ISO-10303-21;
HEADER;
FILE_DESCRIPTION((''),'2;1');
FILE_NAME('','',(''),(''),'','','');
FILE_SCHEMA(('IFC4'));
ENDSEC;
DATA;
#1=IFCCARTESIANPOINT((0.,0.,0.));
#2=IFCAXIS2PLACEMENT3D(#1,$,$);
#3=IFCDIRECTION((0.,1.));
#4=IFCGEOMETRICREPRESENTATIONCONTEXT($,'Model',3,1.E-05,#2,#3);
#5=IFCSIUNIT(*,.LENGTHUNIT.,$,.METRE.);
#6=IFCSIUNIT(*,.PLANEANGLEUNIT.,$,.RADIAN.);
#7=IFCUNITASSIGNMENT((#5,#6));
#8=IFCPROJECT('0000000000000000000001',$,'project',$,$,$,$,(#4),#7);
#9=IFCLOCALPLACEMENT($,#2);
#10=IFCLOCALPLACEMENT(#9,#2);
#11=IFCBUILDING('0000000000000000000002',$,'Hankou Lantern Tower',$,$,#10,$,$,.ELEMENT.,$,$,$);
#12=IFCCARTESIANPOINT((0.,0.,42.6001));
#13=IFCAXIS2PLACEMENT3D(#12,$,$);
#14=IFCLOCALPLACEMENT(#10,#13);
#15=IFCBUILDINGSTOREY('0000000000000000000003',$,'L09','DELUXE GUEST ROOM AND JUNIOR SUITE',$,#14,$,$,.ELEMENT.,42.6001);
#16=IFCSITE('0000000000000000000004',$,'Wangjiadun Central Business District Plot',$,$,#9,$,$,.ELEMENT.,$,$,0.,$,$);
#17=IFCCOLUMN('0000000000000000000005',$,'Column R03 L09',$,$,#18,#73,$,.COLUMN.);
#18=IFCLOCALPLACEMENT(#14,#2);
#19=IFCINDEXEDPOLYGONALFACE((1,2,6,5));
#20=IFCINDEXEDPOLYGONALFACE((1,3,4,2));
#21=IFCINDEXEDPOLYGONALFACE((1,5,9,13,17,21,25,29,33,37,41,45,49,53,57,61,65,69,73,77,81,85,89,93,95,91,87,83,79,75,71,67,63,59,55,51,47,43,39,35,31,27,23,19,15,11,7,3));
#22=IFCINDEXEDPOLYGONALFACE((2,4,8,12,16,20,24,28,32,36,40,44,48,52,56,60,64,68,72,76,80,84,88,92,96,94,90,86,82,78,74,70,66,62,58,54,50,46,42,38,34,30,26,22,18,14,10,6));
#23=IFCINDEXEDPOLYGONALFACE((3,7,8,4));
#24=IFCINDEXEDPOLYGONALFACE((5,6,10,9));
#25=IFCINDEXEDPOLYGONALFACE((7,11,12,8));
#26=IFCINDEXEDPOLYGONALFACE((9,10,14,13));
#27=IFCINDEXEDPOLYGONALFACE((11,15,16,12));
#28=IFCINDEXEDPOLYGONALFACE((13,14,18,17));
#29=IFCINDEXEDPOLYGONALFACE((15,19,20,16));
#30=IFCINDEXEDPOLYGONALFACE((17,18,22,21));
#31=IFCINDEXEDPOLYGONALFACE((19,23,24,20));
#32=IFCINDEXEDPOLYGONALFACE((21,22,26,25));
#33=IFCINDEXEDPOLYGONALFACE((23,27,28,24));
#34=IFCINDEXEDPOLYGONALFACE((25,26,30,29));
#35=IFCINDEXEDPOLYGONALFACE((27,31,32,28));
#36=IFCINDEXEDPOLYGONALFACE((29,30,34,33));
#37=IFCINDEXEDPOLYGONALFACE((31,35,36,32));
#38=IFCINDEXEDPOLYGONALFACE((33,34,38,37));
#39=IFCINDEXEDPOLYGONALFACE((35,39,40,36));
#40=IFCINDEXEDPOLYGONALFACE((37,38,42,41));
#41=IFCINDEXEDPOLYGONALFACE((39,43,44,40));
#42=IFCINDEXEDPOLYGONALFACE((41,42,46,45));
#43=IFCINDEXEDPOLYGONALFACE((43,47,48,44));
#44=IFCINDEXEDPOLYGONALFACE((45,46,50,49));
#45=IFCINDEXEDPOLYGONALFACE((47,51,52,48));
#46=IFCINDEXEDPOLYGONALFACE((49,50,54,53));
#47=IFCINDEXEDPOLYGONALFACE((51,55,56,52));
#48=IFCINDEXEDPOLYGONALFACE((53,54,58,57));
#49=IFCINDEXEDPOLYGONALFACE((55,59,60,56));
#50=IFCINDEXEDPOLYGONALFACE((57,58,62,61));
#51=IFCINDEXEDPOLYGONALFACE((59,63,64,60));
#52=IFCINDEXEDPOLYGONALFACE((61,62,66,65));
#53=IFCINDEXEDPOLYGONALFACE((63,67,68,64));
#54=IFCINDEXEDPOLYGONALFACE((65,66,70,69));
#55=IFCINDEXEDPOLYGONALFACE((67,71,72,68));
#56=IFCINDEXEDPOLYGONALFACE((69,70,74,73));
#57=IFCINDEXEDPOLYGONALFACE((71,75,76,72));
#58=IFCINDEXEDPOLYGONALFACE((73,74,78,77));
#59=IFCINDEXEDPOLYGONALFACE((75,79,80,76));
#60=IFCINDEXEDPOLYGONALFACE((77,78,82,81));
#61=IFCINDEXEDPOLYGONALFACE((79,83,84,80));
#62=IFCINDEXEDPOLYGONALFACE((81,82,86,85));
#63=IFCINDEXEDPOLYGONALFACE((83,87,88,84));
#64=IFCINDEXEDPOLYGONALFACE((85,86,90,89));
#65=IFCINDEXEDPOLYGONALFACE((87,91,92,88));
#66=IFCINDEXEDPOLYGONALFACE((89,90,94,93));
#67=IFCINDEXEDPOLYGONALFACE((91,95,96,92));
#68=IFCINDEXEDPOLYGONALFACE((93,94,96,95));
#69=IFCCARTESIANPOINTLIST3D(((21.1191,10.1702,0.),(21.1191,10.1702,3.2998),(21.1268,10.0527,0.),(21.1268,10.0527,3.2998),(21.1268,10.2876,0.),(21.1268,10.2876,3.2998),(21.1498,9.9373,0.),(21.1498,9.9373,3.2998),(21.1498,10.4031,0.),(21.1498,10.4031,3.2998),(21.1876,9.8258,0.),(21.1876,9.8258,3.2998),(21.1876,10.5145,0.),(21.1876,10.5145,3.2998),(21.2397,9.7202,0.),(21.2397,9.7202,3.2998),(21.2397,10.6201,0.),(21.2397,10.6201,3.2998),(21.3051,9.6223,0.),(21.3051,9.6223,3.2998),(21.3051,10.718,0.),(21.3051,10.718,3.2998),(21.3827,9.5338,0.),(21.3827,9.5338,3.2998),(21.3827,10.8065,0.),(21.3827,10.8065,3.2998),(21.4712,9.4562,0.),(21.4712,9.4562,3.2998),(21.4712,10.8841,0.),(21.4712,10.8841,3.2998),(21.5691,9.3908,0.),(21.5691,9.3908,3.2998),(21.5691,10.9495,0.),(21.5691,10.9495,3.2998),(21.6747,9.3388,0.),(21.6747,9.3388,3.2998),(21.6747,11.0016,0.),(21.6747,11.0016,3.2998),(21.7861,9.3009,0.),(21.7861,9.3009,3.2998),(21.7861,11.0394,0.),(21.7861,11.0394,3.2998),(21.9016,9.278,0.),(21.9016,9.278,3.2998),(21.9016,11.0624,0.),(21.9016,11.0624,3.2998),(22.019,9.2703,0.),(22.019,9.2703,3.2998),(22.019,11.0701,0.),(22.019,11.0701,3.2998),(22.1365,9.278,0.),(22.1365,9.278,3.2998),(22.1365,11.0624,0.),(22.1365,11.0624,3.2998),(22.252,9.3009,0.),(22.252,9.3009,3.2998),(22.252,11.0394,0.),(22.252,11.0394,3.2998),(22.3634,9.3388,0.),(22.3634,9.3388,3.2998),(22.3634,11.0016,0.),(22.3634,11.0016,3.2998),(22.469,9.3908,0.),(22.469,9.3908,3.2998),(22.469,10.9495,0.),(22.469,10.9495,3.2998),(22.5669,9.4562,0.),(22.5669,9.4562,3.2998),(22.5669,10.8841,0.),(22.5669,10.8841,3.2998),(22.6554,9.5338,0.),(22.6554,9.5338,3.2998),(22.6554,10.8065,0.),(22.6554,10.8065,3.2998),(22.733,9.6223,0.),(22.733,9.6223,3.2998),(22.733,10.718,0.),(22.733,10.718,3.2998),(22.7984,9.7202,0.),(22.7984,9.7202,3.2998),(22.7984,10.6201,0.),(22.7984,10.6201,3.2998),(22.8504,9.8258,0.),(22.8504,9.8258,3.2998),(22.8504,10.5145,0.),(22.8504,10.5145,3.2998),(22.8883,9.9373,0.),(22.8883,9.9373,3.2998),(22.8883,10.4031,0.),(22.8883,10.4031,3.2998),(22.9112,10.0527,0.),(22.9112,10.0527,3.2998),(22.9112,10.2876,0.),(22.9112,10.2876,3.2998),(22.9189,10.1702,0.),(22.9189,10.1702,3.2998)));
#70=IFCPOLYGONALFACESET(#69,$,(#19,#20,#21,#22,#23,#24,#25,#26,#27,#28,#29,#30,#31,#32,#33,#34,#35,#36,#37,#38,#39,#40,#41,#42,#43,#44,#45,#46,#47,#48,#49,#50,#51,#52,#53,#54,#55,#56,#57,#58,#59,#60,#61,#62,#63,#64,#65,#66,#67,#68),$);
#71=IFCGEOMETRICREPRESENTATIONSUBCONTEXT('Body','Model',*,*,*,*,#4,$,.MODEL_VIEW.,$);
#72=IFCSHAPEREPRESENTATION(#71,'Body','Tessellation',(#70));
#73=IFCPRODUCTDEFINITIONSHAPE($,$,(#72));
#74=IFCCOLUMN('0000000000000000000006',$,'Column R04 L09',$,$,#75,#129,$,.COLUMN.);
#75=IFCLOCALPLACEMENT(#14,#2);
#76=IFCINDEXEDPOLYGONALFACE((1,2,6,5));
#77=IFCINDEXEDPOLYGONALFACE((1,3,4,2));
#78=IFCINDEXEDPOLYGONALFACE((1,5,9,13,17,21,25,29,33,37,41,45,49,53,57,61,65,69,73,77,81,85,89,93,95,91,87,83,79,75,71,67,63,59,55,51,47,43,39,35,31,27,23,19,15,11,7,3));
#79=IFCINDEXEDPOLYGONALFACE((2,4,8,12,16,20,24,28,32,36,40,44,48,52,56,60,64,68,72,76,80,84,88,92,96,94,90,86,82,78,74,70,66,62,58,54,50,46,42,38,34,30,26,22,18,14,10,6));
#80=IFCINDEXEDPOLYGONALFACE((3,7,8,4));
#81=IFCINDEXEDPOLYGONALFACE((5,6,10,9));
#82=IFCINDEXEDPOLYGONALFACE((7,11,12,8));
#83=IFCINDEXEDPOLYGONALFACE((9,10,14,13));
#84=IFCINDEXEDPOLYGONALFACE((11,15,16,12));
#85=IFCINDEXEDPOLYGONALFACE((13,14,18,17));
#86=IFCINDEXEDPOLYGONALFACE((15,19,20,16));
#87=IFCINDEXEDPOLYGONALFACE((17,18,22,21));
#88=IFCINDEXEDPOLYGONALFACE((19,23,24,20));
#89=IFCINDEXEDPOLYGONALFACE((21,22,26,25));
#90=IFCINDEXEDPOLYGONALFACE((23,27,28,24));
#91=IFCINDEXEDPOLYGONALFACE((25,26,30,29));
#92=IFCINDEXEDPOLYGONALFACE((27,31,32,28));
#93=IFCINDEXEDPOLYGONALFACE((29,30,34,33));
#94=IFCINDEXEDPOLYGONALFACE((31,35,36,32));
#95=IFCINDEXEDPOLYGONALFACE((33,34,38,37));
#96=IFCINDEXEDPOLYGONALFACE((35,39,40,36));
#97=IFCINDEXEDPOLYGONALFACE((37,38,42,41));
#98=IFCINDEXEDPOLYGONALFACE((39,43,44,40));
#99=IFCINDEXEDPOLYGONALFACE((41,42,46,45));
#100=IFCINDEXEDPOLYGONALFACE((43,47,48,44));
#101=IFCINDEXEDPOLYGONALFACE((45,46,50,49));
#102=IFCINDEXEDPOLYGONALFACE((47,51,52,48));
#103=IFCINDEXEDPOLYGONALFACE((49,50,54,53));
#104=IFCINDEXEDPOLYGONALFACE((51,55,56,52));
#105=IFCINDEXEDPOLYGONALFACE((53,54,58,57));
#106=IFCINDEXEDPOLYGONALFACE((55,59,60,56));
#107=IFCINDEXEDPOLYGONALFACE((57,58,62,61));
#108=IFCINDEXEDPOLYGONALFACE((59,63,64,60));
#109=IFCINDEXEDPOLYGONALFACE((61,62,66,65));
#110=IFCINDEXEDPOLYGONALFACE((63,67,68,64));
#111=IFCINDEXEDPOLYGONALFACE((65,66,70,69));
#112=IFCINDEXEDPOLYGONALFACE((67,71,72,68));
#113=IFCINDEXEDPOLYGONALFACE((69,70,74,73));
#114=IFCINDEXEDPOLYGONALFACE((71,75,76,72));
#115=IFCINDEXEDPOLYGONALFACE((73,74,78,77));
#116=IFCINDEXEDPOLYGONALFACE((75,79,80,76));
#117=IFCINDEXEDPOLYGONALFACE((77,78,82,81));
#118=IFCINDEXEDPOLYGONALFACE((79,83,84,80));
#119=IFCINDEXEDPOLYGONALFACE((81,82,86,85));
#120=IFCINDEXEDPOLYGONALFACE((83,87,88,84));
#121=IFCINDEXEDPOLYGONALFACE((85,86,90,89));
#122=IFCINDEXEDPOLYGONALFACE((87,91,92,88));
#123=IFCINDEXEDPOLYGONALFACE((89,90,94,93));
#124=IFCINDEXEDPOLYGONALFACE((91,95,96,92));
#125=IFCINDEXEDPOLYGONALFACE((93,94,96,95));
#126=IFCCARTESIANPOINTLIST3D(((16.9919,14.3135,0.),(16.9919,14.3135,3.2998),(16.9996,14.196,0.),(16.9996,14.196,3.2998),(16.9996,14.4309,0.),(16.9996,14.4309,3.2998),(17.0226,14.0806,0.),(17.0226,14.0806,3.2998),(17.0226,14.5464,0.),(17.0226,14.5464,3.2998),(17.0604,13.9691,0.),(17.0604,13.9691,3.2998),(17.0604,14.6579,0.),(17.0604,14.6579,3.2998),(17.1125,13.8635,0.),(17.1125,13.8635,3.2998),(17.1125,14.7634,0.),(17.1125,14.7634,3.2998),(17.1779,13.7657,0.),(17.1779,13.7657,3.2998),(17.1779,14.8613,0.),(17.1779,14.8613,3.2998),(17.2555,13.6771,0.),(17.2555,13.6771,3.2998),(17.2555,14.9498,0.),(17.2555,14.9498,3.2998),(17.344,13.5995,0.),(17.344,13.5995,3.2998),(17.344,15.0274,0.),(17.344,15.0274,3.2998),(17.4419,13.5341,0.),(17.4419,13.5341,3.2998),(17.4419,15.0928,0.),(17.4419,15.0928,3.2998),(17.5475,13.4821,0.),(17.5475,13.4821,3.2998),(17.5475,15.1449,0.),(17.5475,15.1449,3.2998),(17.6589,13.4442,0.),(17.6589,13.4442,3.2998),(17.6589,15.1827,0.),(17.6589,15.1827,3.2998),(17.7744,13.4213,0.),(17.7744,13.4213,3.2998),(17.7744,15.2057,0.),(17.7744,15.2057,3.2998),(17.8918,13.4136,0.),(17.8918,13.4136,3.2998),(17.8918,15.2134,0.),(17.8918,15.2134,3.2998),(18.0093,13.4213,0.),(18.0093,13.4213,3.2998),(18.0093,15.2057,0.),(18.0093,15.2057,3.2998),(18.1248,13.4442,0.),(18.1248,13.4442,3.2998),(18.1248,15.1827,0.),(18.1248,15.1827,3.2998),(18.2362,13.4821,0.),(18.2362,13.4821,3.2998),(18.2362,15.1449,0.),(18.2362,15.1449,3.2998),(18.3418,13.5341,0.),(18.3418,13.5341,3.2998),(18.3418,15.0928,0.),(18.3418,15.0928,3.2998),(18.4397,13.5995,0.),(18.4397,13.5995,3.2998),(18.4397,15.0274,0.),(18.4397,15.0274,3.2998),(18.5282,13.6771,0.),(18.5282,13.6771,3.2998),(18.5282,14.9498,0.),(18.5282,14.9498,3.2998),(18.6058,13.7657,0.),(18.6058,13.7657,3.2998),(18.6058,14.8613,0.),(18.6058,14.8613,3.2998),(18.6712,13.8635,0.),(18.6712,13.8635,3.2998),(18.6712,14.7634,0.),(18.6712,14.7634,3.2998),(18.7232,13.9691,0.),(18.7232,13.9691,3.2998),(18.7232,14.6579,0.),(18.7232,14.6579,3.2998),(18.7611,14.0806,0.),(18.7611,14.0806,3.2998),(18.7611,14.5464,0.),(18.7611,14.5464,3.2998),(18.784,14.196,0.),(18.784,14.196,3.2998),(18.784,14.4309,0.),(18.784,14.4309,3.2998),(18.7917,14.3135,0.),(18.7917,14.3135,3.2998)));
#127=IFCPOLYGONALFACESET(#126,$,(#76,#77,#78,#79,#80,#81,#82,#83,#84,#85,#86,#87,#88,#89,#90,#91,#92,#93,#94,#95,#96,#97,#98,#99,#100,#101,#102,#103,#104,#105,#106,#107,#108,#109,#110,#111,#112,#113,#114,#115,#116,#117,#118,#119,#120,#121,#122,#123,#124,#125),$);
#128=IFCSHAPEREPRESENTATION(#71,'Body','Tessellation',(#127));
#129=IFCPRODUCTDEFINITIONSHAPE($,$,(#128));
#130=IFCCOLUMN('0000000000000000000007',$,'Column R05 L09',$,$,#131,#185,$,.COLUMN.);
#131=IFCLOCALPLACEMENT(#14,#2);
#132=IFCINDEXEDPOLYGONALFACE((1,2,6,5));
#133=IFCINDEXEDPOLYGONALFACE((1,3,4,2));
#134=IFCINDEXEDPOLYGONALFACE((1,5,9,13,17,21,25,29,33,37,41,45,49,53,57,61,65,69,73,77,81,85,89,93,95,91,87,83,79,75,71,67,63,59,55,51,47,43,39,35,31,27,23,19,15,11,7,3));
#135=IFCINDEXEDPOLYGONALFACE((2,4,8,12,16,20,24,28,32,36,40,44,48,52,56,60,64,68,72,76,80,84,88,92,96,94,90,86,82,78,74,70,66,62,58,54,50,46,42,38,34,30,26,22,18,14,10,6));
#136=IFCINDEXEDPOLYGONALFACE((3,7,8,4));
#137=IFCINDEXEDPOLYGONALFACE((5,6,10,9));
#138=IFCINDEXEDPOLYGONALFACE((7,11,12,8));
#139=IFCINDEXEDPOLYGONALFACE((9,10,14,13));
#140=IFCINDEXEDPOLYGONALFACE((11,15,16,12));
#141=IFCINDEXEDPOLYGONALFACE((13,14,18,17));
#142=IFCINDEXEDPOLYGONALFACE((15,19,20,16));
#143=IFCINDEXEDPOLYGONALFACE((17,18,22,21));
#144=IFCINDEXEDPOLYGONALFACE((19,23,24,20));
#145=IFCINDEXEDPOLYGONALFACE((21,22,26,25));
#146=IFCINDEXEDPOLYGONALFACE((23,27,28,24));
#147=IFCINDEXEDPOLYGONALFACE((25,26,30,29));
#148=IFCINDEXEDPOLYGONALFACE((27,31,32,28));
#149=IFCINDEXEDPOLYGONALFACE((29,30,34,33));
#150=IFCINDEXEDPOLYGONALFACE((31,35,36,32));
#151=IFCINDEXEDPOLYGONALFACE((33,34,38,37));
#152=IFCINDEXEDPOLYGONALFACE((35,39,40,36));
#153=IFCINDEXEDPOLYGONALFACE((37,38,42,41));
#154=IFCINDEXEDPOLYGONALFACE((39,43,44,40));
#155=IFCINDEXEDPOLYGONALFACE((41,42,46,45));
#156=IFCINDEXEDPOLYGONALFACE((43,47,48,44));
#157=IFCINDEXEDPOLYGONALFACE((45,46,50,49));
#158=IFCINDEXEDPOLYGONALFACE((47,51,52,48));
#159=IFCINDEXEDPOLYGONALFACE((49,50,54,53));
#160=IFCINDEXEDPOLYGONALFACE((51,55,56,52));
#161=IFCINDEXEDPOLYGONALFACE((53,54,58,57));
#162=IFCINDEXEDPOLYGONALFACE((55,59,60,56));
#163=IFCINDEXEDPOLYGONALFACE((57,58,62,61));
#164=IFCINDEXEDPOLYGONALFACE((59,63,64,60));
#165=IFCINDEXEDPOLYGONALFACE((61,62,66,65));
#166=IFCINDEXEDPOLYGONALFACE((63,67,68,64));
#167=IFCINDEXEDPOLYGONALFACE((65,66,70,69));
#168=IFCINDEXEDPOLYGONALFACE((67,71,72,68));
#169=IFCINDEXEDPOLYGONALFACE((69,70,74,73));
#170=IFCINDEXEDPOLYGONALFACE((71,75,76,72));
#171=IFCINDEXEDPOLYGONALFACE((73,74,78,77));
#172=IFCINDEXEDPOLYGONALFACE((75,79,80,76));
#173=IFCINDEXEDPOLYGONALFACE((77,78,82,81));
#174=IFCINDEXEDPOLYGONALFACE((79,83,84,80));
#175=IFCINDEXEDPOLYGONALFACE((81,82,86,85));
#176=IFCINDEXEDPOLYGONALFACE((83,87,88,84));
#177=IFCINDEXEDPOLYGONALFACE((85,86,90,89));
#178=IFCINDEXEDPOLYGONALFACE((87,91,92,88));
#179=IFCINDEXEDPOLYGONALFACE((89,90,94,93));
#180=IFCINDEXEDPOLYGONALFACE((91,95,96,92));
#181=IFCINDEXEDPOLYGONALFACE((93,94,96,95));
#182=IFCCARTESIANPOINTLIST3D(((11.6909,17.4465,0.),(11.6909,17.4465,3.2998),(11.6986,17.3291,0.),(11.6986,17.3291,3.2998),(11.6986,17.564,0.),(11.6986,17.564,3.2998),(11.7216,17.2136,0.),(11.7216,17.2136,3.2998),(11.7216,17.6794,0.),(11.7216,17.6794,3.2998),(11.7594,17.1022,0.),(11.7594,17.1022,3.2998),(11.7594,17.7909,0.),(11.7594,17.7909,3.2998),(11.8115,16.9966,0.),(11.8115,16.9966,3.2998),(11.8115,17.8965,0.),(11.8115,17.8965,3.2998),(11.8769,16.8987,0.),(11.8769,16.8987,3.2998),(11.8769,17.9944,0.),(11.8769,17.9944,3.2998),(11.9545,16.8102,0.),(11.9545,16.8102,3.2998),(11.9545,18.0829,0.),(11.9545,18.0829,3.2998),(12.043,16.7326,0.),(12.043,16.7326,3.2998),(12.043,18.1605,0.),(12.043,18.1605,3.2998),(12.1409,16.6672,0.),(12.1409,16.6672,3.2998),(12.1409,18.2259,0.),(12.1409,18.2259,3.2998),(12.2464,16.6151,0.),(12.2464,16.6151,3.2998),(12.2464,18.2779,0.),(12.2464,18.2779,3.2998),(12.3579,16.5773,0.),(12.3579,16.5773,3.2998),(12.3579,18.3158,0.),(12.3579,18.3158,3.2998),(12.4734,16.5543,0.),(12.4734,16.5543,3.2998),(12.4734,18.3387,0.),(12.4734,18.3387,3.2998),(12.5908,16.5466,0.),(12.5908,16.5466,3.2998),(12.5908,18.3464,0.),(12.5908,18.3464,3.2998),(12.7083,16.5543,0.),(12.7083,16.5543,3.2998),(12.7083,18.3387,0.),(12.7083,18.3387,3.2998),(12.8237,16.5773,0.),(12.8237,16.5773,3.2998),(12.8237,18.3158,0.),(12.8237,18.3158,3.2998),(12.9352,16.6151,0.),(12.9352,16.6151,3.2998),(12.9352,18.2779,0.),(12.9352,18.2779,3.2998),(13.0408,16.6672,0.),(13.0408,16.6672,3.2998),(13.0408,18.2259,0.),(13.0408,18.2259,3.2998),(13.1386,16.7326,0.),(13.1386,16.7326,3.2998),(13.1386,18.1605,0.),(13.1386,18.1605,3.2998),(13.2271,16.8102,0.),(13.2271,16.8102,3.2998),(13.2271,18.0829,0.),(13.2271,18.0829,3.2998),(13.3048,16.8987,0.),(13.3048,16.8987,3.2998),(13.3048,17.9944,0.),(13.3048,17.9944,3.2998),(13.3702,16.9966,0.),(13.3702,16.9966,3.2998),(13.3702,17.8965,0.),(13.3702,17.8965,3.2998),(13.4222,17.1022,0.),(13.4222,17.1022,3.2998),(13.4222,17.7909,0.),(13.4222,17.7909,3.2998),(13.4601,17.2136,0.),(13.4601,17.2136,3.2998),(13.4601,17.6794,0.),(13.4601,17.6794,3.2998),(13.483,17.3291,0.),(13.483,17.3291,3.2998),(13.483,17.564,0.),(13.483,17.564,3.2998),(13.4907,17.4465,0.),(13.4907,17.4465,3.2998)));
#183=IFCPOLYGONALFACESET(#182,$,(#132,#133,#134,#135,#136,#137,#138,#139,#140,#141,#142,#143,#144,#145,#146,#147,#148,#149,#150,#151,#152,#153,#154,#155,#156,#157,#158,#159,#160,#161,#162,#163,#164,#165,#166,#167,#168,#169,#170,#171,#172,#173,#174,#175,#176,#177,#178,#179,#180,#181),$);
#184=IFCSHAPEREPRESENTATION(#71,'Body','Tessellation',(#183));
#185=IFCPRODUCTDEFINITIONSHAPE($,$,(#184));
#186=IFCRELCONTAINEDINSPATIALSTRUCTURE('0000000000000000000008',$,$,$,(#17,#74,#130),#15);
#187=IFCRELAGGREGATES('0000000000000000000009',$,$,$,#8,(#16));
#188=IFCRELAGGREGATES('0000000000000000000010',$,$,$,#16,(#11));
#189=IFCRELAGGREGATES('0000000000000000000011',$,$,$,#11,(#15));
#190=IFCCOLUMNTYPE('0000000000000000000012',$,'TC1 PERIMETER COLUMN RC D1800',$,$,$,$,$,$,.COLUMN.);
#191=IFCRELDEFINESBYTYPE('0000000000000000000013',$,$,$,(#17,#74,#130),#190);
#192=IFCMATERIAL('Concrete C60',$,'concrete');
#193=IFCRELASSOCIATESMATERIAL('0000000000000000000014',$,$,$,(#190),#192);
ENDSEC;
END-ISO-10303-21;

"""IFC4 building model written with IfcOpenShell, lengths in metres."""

from ifc_helpers import new_model, si_unit, direction, frame, origin, origin_2d, place, context, subcontext, project, spatial, circle, extrude, material, material_profile, profile_set, type_object, element, save


model = new_model("IFC4")

# Units and contexts
model_context = context("Model", 3, precision=1e-05, world=origin(), true_north=direction((0.0, 1.0)))
body_context = subcontext(model_context, "Body", "Model", "MODEL_VIEW")
ifc_project = project(units=[si_unit("LENGTHUNIT", "METRE"), si_unit("PLANEANGLEUNIT", "RADIAN")], contexts=[model_context])

# Site, building, storey
site_placement = place(None, origin())
site = spatial("IfcSite", under=ifc_project, at=site_placement, Name="Wangjiadun Central Business District Plot", CompositionType="ELEMENT", RefElevation=0.0)
building_placement = place(site_placement, origin())
building = spatial("IfcBuilding", under=site, at=building_placement, Name="Hankou Lantern Tower", CompositionType="ELEMENT")
storey_placement = place(building_placement, frame((0.0, 0.0, 42.6001)))
storey = spatial("IfcBuildingStorey", under=building, at=storey_placement, Name="L09", Description="DELUXE GUEST ROOM AND JUNIOR SUITE", CompositionType="ELEMENT", Elevation=42.6001)

# Columns
ifc_material_1 = material(Name="Concrete C60", Category="concrete")
ifc_material_profile_1 = material_profile(ifc_material_1, circle(Radius=0.8999, at=origin_2d()), Name="RC D1800")
ifc_profile_set_1 = profile_set([ifc_material_profile_1], Name="Concrete C60")
column_type = type_object("IfcColumnType", Name="TC1 PERIMETER COLUMN RC D1800", PredefinedType="COLUMN", material=ifc_profile_set_1)
for number, where, z_axis, x_axis, name in (
    (1, (22.019, 10.1702, 0.0), (0.0, 0.0, 1.0), (1.0, 0.0, 0.0), "Column R03 L09"),
    (2, (17.8918, 14.3135, 0.0), (0.0, 0.0, 1.0), (1.0, 0.0, 0.0), "Column R04 L09"),
    (3, (12.5908, 17.4465, 0.0), (0.0, 0.0, 1.0), (1.0, 0.0, 0.0), "Column R05 L09"),
):
    element("IfcColumn", number, at=place(storey_placement, frame(where, z_axis=z_axis, x_axis=x_axis)), inside=storey, type_object=column_type, Name=name, PredefinedType="COLUMN", context=body_context, shape_type="SweptSolid", body=[
        extrude(circle(Radius=0.8999, at=origin_2d()), origin(), (0.0, 0.0, 1.0), 3.2998),
    ])

save(model, "model.ifc")
